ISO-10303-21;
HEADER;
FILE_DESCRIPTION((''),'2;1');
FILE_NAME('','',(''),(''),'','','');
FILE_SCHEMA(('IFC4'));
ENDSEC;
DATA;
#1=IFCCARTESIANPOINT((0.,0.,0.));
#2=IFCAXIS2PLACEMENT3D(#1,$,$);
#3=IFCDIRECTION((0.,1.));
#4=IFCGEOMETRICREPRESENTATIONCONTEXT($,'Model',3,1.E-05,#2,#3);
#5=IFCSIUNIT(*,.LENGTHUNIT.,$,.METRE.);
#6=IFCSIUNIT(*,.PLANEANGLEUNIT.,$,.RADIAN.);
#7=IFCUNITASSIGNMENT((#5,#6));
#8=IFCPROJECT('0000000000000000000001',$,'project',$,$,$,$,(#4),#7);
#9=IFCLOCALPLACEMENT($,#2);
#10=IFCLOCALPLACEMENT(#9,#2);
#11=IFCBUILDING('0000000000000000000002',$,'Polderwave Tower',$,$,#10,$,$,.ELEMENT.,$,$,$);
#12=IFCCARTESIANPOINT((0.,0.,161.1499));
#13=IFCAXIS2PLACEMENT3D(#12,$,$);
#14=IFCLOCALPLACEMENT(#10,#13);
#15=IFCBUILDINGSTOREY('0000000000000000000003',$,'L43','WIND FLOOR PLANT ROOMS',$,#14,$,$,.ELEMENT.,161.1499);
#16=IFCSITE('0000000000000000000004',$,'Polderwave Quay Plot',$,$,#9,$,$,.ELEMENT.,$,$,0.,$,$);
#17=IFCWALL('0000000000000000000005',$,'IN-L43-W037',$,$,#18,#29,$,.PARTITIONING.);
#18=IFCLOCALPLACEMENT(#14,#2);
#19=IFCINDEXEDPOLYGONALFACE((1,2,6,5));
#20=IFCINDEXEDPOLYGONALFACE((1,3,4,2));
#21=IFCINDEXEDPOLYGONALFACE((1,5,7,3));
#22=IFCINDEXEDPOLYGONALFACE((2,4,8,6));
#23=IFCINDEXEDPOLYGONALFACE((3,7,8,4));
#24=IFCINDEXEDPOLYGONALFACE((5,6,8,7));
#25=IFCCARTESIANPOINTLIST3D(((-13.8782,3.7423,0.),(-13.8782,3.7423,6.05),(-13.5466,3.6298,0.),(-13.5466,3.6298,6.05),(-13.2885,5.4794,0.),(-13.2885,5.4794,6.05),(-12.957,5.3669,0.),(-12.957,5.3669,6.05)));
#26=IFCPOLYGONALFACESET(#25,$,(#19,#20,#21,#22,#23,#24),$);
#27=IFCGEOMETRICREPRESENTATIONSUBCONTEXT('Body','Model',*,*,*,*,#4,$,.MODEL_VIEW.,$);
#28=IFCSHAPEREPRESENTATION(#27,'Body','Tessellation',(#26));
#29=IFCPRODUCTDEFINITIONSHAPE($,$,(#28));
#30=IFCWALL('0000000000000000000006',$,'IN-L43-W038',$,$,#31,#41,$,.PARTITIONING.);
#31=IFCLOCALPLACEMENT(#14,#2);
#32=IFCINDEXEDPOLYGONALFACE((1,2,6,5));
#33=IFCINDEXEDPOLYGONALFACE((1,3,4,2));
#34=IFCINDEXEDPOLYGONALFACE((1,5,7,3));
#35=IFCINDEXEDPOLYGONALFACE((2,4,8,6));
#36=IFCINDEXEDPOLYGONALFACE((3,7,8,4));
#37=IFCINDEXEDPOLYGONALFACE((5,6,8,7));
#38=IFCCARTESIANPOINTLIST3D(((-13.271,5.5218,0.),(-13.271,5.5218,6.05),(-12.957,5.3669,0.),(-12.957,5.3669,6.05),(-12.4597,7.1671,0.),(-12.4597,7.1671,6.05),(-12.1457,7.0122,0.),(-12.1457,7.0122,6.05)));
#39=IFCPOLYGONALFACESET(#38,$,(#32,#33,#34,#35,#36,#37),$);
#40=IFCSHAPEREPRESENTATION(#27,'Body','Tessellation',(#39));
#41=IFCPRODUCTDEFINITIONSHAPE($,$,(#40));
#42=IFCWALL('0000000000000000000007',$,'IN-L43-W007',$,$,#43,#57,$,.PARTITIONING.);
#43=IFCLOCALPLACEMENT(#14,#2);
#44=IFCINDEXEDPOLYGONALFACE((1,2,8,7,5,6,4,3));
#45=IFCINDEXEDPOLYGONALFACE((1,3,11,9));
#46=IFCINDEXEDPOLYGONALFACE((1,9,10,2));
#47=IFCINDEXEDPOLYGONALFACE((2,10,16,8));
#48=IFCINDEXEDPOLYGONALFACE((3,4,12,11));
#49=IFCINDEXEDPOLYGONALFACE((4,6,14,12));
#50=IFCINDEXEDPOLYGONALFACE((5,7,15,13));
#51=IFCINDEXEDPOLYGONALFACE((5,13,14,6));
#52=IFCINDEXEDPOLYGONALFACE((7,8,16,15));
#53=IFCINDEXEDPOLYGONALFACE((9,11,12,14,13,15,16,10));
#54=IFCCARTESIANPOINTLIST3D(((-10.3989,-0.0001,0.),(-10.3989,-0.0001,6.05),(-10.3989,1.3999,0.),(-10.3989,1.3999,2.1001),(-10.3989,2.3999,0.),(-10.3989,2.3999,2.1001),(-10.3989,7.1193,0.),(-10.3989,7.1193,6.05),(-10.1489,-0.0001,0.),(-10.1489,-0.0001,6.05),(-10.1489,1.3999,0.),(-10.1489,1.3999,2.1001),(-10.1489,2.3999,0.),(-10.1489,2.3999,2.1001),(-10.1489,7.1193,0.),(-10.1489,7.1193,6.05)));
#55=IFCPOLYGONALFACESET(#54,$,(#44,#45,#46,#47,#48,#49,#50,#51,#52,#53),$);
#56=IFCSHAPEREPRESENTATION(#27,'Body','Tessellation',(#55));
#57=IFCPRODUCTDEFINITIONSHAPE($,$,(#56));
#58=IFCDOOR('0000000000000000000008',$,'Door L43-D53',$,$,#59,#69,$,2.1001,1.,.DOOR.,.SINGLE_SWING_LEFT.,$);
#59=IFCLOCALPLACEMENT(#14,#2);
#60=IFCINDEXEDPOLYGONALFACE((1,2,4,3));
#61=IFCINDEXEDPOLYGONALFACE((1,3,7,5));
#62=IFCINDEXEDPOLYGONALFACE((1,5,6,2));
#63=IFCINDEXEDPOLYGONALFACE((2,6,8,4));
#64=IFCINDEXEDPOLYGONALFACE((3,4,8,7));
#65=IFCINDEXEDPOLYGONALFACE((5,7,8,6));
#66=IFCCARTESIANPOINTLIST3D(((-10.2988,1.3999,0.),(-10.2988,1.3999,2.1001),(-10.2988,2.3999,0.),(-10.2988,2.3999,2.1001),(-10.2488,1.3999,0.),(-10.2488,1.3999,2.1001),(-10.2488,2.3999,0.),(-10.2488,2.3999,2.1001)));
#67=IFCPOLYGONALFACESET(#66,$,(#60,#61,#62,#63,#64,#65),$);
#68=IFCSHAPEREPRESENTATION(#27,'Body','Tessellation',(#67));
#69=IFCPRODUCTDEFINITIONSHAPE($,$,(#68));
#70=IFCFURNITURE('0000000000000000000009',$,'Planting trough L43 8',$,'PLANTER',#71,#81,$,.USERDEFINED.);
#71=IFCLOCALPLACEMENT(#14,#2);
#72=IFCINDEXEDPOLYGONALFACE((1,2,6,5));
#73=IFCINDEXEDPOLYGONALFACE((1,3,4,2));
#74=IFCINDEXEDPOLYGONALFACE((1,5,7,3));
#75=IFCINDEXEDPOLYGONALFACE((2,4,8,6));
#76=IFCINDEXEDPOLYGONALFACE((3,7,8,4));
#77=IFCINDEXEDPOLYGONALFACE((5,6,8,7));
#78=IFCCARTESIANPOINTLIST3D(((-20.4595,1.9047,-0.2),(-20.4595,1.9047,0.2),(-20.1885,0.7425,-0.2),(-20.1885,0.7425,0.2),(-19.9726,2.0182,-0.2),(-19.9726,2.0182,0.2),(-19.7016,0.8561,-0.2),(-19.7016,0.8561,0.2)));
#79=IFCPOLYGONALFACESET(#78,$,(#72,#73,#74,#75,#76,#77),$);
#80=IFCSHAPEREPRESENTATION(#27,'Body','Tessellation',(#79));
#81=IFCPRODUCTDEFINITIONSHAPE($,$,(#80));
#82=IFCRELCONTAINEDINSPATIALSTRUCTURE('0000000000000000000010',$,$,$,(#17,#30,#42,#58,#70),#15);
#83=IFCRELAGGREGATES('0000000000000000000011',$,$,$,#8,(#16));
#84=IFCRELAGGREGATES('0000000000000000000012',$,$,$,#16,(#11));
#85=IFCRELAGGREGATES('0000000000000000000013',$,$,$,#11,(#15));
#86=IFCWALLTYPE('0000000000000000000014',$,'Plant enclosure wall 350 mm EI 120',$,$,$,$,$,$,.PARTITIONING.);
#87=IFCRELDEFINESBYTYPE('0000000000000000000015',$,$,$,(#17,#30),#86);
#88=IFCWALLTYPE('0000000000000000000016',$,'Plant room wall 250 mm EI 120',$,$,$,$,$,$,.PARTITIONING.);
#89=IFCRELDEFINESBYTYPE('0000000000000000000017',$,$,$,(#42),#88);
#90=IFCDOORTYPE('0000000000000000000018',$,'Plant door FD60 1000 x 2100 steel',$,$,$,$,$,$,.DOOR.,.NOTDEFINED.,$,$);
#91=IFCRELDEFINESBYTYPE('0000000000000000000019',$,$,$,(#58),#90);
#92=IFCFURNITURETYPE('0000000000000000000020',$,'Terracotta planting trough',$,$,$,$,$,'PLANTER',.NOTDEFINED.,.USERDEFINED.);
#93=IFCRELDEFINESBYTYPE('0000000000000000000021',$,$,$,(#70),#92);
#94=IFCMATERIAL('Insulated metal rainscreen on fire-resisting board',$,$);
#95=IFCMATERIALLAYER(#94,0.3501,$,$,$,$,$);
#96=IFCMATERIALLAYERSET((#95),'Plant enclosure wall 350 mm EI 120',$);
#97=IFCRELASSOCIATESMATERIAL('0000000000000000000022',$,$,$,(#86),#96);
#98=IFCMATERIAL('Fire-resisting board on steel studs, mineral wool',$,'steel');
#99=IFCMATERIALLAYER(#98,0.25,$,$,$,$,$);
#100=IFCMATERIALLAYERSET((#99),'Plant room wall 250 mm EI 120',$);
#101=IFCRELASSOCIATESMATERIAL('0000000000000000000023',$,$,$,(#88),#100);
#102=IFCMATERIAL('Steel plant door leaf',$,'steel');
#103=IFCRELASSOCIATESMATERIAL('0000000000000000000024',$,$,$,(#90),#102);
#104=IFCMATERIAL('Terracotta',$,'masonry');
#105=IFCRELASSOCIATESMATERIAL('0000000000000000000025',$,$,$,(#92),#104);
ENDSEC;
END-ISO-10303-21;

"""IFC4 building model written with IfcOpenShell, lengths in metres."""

from ifc_helpers import new_model, si_unit, direction, frame, frame_2d, origin, origin_2d, place, context, subcontext, project, spatial, rectangle, extrude, material, layer, layer_set, type_object, element, fill, save


model = new_model("IFC4")

# Units and contexts
model_context = context("Model", 3, precision=1e-05, world=origin(), true_north=direction((0.0, 1.0)))
body_context = subcontext(model_context, "Body", "Model", "MODEL_VIEW")
ifc_project = project(units=[si_unit("LENGTHUNIT", "METRE"), si_unit("PLANEANGLEUNIT", "RADIAN")], contexts=[model_context])

# Site, building, storey
site_placement = place(None, origin())
site = spatial("IfcSite", under=ifc_project, at=site_placement, Name="Polderwave Quay Plot", CompositionType="ELEMENT", RefElevation=0.0)
building_placement = place(site_placement, origin())
building = spatial("IfcBuilding", under=site, at=building_placement, Name="Polderwave Tower", CompositionType="ELEMENT")
storey_placement = place(building_placement, frame((0.0, 0.0, 161.1499)))
storey = spatial("IfcBuildingStorey", under=building, at=storey_placement, Name="L43", Description="WIND FLOOR PLANT ROOMS", CompositionType="ELEMENT", Elevation=161.1499)

# Walls
ifc_material_1 = material(Name="Insulated metal rainscreen on fire-resisting board")
ifc_layer_1 = layer(ifc_material_1, 0.3501)
ifc_layer_set_1 = layer_set([ifc_layer_1], Name="Plant enclosure wall 350 mm EI 120")
wall_type_1 = type_object("IfcWallType", Name="Plant enclosure wall 350 mm EI 120", PredefinedType="PARTITIONING", material=ifc_layer_set_1)
for number, where, z_axis, x_axis, name in (
    (1, (-13.7124, 3.686, 0.0), (0.0, 0.0, 1.0), (0.321414, 0.946939, 0.0), "IN-L43-W037"),
    (2, (-13.114, 5.4443, 0.0), (0.0, 0.0, 1.0), (0.442256, 0.896889, 0.0), "IN-L43-W038"),
):
    element("IfcWall", number, at=place(storey_placement, frame(where, z_axis=z_axis, x_axis=x_axis)), inside=storey, type_object=wall_type_1, Name=name, PredefinedType="PARTITIONING", context=body_context, shape_type="SweptSolid", body=[
        extrude(rectangle(XDim=1.8345, YDim=0.3501, at=frame_2d((0.9172, 0.0))), origin(), (0.0, 0.0, 1.0), 6.05),
    ])

# Wall, opening, door
ifc_material_2 = material(Name="Fire-resisting board on steel studs, mineral wool", Category="steel")
ifc_layer_2 = layer(ifc_material_2, 0.25)
ifc_layer_set_2 = layer_set([ifc_layer_2], Name="Plant room wall 250 mm EI 120")
wall_type_2 = type_object("IfcWallType", Name="Plant room wall 250 mm EI 120", PredefinedType="PARTITIONING", material=ifc_layer_set_2)
wall_1_placement = place(storey_placement, frame((-10.2739, 0.0, 0.0), z_axis=(0.0, 0.0, 1.0), x_axis=(0.0, 1.0, 0.0)))
wall_1 = element("IfcWall", 3, at=wall_1_placement, inside=storey, type_object=wall_type_2, Name="IN-L43-W007", PredefinedType="PARTITIONING", context=body_context, shape_type="SweptSolid", body=[
    extrude(rectangle(XDim=7.1194, YDim=0.25, at=frame_2d((3.5596, 0.0))), origin(), (0.0, 0.0, 1.0), 6.05),
])
opening_placement = place(wall_1_placement, frame((1.3999, 0.0, 0.0)))
opening = element("IfcOpeningElement", 4, at=opening_placement, cuts=wall_1, PredefinedType="OPENING", context=body_context, shape_type="SweptSolid", body=[
    extrude(rectangle(XDim=1.0, YDim=2.1001, at=frame_2d((0.5, 1.05))), frame((0.0, 0.135, 0.0), z_axis=(0.0, -1.0, 0.0), x_axis=(1.0, 0.0, 0.0)), (0.0, 0.0, 1.0), 0.27),
])
ifc_material_3 = material(Name="Steel plant door leaf", Category="steel")
door_type = type_object("IfcDoorType", Name="Plant door FD60 1000 x 2100 steel", OperationType="NOTDEFINED", PredefinedType="DOOR", material=ifc_material_3)
door_placement = place(opening_placement, origin())
door = element("IfcDoor", 5, at=door_placement, inside=storey, type_object=door_type, Name="Door L43-D53", OperationType="SINGLE_SWING_LEFT", OverallHeight=2.1001, OverallWidth=1.0, PredefinedType="DOOR", context=body_context, shape_type="SweptSolid", body=[
    extrude(rectangle(XDim=1.0, YDim=2.1001, at=frame_2d((0.5, 1.05))), frame((0.0, 0.0249, 0.0), z_axis=(0.0, -1.0, 0.0), x_axis=(1.0, 0.0, 0.0)), (0.0, 0.0, 1.0), 0.05),
])
fill(opening, door)

# Furniture
ifc_material_4 = material(Name="Terracotta", Category="masonry")
furniture_type = type_object("IfcFurnitureType", Name="Terracotta planting trough", ElementType="PLANTER", AssemblyPlace="NOTDEFINED", PredefinedType="USERDEFINED", material=ifc_material_4)
furniture_placement = place(storey_placement, frame((-20.0806, 1.3804, -0.2), z_axis=(0.0, 0.0, 1.0), x_axis=(0.227109, -0.973869, 0.0)))
element("IfcFurniture", 6, at=furniture_placement, inside=storey, type_object=furniture_type, Name="Planting trough L43 8", ObjectType="PLANTER", PredefinedType="USERDEFINED", context=body_context, shape_type="SweptSolid", body=[
    extrude(rectangle(XDim=1.1934, YDim=0.5, at=origin_2d()), origin(), (0.0, 0.0, 1.0), 0.3999),
])

save(model, "model.ifc")
